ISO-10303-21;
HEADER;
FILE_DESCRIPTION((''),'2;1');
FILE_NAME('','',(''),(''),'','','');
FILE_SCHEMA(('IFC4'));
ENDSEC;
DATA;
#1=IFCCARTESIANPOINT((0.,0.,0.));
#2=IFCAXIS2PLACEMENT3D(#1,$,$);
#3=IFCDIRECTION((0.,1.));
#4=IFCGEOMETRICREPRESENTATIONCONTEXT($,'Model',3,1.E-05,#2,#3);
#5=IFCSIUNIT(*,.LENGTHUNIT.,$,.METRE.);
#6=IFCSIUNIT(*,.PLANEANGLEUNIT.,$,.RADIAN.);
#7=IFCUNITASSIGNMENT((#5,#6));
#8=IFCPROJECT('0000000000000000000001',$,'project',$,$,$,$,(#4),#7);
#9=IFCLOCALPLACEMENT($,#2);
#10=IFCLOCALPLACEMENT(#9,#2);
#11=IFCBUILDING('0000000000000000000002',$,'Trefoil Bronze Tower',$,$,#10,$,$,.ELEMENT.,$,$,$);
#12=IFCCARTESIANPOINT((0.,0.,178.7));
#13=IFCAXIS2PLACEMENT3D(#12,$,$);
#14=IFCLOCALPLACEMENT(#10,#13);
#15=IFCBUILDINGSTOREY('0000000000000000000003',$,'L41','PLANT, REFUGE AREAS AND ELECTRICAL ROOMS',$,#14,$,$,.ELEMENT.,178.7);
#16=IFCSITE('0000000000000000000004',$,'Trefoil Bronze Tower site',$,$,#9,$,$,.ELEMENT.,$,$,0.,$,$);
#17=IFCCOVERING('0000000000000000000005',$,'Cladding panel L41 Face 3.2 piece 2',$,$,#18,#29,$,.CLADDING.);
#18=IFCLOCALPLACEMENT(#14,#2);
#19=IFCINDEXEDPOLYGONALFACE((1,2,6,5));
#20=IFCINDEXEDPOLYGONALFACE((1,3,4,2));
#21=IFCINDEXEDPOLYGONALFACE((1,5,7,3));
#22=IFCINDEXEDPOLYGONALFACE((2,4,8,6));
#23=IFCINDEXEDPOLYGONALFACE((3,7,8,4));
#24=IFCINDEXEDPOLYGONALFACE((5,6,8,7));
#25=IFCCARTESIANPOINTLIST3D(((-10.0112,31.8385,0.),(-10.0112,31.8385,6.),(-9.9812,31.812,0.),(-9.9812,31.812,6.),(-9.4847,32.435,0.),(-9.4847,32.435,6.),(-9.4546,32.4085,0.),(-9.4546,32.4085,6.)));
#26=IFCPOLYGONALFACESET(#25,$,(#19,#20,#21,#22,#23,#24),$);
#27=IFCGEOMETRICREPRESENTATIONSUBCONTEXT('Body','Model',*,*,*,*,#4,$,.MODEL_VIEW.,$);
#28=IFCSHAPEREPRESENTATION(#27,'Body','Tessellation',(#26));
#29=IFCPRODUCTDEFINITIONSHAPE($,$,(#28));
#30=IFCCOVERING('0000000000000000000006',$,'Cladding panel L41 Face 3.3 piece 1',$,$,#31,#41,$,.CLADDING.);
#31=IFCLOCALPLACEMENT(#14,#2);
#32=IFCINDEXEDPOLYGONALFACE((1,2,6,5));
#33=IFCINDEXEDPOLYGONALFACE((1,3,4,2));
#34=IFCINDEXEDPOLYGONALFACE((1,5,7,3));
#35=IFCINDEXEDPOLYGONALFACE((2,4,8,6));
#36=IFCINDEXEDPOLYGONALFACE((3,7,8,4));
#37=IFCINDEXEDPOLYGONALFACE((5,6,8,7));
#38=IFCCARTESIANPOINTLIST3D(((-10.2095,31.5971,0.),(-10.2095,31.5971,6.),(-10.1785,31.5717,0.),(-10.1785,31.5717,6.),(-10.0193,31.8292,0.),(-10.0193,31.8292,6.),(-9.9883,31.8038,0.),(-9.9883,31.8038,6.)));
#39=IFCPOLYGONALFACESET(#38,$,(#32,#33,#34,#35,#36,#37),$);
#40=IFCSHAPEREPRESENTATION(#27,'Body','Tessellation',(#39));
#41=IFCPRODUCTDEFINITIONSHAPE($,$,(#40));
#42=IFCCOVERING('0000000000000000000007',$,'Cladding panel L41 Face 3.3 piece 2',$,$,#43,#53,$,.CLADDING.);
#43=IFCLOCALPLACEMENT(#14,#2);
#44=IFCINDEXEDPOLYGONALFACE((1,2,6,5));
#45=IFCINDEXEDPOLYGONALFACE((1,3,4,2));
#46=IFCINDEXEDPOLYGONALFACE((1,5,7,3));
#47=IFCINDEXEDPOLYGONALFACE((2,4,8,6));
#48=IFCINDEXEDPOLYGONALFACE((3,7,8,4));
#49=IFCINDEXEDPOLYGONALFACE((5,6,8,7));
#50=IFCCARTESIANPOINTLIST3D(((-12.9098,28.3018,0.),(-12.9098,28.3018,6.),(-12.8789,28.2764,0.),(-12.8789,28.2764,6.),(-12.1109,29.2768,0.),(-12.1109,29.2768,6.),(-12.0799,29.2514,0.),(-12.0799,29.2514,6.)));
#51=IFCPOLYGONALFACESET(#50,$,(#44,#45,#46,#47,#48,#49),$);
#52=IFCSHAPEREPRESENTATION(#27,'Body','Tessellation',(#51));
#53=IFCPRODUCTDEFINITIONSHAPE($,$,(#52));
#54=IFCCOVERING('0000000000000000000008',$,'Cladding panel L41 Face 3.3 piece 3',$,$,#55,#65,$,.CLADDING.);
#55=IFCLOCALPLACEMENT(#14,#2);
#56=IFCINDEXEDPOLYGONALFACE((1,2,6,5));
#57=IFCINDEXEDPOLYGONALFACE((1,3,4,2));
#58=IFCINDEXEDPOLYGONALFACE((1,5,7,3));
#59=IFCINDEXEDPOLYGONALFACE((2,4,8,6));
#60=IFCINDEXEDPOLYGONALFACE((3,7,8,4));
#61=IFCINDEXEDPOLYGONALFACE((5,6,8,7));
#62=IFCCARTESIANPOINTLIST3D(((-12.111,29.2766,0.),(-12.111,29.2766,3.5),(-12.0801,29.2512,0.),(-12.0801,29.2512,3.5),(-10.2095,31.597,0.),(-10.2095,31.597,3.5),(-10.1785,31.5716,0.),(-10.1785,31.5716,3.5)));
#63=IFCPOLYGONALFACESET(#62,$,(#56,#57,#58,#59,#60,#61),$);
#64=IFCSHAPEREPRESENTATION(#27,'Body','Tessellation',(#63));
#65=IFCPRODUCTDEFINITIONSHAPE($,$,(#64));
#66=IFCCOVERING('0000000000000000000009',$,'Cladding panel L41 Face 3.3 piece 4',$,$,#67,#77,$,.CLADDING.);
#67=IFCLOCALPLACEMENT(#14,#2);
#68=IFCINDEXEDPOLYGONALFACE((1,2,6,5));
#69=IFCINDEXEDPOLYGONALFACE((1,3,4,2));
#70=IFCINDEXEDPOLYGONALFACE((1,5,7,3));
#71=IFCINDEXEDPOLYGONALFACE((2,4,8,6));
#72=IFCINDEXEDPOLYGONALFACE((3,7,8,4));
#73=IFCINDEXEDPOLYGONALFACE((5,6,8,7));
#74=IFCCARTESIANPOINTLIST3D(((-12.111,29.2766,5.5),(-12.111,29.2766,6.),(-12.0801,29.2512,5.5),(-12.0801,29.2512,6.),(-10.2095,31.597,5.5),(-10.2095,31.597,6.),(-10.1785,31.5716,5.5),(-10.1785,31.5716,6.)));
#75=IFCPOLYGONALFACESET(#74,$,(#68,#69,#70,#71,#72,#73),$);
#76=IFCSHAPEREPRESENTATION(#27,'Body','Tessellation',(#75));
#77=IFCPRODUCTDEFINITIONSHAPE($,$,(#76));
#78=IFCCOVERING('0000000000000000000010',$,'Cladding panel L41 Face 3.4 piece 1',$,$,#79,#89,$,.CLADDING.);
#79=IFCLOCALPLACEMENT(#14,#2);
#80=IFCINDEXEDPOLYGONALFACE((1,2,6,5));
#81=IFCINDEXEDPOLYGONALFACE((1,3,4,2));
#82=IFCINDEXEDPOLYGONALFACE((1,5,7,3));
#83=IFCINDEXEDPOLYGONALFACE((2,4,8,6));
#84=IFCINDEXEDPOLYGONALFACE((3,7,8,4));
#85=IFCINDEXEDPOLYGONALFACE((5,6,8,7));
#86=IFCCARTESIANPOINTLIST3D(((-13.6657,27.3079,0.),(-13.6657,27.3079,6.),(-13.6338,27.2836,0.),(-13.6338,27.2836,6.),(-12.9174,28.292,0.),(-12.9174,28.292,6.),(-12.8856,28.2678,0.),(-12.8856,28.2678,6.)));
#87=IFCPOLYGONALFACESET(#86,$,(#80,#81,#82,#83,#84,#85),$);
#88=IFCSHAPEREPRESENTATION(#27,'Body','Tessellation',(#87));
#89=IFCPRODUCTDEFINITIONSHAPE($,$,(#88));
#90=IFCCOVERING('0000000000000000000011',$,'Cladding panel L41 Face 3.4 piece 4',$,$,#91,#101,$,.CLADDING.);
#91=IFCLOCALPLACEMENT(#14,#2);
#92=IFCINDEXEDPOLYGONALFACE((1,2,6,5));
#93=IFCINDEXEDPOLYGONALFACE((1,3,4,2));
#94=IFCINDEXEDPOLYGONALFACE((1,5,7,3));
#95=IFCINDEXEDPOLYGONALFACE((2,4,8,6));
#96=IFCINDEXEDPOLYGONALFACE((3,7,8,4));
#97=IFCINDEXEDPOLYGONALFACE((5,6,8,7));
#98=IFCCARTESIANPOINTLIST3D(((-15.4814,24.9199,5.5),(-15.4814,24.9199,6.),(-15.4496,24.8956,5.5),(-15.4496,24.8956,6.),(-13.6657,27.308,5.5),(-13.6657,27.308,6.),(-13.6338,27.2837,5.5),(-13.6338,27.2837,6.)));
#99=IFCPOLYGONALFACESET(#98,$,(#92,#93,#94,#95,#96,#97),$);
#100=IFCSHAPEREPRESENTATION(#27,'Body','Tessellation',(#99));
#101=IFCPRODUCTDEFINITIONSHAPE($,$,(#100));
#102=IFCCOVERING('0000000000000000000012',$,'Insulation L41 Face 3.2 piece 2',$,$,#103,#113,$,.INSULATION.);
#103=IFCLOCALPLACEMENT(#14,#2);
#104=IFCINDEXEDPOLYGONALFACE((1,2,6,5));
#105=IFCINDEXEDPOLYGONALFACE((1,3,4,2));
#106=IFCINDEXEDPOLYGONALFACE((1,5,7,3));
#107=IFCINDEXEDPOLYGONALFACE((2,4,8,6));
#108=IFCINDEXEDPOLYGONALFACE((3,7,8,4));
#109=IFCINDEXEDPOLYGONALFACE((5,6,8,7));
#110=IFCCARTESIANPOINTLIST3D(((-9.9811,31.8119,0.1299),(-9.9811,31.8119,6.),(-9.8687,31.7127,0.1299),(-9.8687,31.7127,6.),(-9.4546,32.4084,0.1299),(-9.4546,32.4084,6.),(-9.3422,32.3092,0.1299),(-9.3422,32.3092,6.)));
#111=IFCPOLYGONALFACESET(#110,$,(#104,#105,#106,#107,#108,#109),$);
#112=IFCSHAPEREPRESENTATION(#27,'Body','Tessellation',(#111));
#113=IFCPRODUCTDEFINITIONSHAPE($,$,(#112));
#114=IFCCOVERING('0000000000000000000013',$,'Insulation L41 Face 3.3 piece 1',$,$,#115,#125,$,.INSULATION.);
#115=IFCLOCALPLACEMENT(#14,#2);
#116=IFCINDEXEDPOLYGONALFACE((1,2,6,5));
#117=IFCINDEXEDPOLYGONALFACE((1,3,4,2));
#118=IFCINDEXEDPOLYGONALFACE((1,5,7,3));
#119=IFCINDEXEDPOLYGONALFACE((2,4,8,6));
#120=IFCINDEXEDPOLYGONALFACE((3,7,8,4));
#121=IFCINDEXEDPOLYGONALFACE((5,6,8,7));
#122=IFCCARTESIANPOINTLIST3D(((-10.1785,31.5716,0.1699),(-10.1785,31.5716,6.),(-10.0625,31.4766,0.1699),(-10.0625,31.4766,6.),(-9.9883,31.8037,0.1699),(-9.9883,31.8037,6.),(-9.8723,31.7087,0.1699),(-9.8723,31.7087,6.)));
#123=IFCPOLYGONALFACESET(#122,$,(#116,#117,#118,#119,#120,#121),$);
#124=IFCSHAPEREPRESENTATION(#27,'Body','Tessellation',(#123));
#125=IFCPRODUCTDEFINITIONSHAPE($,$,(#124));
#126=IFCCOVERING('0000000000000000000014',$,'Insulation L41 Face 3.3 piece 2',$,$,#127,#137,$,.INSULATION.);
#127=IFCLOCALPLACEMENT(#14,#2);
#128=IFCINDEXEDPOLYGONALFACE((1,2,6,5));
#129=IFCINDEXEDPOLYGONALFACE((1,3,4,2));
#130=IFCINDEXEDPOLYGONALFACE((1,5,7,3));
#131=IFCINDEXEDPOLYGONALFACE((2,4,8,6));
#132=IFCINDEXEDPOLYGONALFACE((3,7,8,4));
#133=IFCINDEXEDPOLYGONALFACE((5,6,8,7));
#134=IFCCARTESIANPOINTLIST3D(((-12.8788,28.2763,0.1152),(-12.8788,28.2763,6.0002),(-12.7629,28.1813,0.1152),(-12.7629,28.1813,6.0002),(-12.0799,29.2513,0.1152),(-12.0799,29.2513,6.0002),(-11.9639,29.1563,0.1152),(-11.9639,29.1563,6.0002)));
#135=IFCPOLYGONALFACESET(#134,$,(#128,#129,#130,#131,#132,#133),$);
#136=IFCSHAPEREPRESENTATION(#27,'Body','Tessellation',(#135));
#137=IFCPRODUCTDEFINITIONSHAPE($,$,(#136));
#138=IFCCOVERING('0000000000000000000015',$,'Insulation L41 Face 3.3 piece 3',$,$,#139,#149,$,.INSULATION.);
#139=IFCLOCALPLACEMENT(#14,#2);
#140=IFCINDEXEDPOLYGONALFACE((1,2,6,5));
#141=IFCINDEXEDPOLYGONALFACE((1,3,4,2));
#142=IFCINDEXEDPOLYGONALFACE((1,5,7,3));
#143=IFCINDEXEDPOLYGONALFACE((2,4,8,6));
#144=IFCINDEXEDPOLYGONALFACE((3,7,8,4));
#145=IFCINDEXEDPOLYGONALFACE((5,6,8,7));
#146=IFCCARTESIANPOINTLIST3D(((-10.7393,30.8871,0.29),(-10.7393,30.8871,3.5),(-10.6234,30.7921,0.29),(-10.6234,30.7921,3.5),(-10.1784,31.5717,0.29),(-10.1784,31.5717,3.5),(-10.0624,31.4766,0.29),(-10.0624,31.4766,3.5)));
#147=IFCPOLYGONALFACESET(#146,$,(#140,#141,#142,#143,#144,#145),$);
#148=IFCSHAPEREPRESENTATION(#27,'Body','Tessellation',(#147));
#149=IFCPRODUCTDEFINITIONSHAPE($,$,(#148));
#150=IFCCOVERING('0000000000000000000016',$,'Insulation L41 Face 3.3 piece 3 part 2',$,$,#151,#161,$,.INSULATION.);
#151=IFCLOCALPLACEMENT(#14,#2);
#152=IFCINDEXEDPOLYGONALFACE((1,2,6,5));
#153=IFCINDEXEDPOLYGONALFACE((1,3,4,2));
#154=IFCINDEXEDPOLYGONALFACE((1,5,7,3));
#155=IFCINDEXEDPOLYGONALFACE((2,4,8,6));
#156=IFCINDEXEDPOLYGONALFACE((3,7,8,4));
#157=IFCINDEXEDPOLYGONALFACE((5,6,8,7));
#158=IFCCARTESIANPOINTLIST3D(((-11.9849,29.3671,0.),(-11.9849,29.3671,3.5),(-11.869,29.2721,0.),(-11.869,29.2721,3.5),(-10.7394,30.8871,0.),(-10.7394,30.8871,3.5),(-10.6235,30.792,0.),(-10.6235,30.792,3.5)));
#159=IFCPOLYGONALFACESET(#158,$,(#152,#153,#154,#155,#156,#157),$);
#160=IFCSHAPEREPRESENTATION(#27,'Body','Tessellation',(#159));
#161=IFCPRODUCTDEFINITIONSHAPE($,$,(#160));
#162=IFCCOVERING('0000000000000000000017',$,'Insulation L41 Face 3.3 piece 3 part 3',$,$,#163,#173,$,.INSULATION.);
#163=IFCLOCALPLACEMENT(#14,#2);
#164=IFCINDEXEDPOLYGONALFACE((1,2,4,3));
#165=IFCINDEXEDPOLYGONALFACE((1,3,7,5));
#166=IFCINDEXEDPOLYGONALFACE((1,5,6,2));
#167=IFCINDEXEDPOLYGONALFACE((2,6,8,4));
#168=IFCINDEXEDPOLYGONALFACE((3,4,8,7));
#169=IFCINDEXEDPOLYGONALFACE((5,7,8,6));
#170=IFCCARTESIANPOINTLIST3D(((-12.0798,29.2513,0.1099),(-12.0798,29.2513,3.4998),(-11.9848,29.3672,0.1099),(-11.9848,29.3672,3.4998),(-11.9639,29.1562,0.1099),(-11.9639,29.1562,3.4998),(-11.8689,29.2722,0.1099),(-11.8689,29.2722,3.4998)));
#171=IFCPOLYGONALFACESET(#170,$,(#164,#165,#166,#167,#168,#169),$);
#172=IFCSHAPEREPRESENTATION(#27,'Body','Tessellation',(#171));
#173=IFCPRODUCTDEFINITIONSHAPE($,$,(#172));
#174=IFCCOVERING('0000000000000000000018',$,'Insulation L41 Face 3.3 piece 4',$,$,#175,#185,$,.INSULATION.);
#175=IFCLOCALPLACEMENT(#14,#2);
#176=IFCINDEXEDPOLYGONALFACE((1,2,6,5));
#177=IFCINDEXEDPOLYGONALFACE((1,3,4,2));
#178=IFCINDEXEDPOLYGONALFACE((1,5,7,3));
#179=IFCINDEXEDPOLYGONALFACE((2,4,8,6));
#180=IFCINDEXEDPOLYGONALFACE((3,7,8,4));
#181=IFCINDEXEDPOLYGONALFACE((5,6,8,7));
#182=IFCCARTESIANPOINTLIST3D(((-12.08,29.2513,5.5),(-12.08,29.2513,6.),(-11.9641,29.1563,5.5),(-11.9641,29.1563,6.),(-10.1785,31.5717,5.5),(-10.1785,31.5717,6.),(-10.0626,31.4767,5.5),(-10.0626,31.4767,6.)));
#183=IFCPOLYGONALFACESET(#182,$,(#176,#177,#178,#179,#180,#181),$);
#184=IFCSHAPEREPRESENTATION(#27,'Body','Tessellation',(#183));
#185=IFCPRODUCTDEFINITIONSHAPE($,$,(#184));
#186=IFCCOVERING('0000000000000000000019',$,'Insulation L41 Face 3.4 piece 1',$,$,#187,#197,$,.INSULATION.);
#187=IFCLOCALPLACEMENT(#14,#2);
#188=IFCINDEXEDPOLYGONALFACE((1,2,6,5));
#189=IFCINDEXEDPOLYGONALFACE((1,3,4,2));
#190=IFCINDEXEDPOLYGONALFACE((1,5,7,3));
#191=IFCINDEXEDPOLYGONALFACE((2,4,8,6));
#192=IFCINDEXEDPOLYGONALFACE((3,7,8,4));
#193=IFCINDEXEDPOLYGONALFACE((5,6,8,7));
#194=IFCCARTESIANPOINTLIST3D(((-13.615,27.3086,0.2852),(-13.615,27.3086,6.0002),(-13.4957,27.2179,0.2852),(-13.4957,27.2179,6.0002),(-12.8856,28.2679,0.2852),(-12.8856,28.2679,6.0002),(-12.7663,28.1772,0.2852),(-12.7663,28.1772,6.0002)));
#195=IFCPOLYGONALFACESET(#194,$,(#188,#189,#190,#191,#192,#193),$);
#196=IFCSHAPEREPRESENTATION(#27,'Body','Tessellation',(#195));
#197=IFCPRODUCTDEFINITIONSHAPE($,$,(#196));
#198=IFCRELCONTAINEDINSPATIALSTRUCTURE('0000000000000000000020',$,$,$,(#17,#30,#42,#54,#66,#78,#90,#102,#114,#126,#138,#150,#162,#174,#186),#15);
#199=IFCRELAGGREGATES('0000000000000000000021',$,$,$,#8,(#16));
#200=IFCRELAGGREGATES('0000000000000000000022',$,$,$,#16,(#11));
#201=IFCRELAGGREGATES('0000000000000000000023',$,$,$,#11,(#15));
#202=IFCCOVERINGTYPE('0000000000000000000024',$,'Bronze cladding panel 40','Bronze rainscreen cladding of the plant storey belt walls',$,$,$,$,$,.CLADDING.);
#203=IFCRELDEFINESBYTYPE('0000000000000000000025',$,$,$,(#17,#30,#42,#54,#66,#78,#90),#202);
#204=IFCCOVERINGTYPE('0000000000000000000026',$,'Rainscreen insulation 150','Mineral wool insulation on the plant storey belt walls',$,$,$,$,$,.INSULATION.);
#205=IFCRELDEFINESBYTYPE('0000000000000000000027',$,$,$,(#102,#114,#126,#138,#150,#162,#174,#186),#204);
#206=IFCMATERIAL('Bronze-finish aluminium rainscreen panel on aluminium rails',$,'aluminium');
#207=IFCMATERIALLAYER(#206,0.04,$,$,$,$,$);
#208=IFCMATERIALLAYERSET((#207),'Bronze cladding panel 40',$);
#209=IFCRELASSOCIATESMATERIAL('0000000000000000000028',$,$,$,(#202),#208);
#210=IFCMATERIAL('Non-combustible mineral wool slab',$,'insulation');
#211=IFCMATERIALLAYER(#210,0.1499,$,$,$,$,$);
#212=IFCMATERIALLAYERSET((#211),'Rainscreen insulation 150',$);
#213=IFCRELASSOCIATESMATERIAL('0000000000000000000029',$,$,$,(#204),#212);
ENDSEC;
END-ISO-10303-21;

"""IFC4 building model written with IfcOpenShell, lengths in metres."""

from ifc_helpers import new_model, si_unit, direction, frame, origin, origin_2d, place, context, subcontext, project, spatial, rectangle, extrude, material, layer, layer_set, type_object, element, save


model = new_model("IFC4")

# Units and contexts
model_context = context("Model", 3, precision=1e-05, world=origin(), true_north=direction((0.0, 1.0)))
body_context = subcontext(model_context, "Body", "Model", "MODEL_VIEW")
ifc_project = project(units=[si_unit("LENGTHUNIT", "METRE"), si_unit("PLANEANGLEUNIT", "RADIAN")], contexts=[model_context])

# Site, building, storey
site_placement = place(None, origin())
site = spatial("IfcSite", under=ifc_project, at=site_placement, Name="Trefoil Bronze Tower site", CompositionType="ELEMENT", RefElevation=0.0)
building_placement = place(site_placement, origin())
building = spatial("IfcBuilding", under=site, at=building_placement, Name="Trefoil Bronze Tower", CompositionType="ELEMENT")
storey_placement = place(building_placement, frame((0.0, 0.0, 178.7)))
storey = spatial("IfcBuildingStorey", under=building, at=storey_placement, Name="L41", Description="PLANT, REFUGE AREAS AND ELECTRICAL ROOMS", CompositionType="ELEMENT", Elevation=178.7)

# Coverings
ifc_material_1 = material(Name="Bronze-finish aluminium rainscreen panel on aluminium rails", Category="aluminium")
ifc_layer_1 = layer(ifc_material_1, 0.04)
ifc_layer_set_1 = layer_set([ifc_layer_1], Name="Bronze cladding panel 40")
covering_type_1 = type_object("IfcCoveringType", Name="Bronze cladding panel 40", Description="Bronze rainscreen cladding of the plant storey belt walls", PredefinedType="CLADDING", material=ifc_layer_set_1)
covering_1_placement = place(storey_placement, frame((-9.7329, 32.1235, 0.0), z_axis=(0.0, 0.0, 1.0), x_axis=(-0.661751, -0.749723, 0.0)))
element("IfcCovering", 1, at=covering_1_placement, inside=storey, type_object=covering_type_1, Name="Cladding panel L41 Face 3.2 piece 2", PredefinedType="CLADDING", context=body_context, shape_type="SweptSolid", body=[
    extrude(rectangle(XDim=0.7957, YDim=0.04, at=origin_2d()), origin(), (0.0, 0.0, 1.0), 6.0),
])
covering_2_placement = place(storey_placement, frame((-10.0989, 31.7004, 0.0), z_axis=(0.0, 0.0, 1.0), x_axis=(-0.63384, -0.773464, 0.0)))
element("IfcCovering", 2, at=covering_2_placement, inside=storey, type_object=covering_type_1, Name="Cladding panel L41 Face 3.3 piece 1", PredefinedType="CLADDING", context=body_context, shape_type="SweptSolid", body=[
    extrude(rectangle(XDim=0.3, YDim=0.04, at=origin_2d()), origin(), (0.0, 0.0, 1.0), 6.0),
])
covering_3_placement = place(storey_placement, frame((-12.4949, 28.7766, 0.0), z_axis=(0.0, 0.0, 1.0), x_axis=(-0.63384, -0.773464, 0.0)))
element("IfcCovering", 3, at=covering_3_placement, inside=storey, type_object=covering_type_1, Name="Cladding panel L41 Face 3.3 piece 2", PredefinedType="CLADDING", context=body_context, shape_type="SweptSolid", body=[
    extrude(rectangle(XDim=1.2605, YDim=0.04, at=origin_2d()), origin(), (0.0, 0.0, 1.0), 6.0),
])
covering_4_placement = place(storey_placement, frame((-11.1448, 30.4241, 0.0), z_axis=(0.0, 0.0, 1.0), x_axis=(-0.63384, -0.773464, 0.0)))
element("IfcCovering", 4, at=covering_4_placement, inside=storey, type_object=covering_type_1, Name="Cladding panel L41 Face 3.3 piece 3", PredefinedType="CLADDING", context=body_context, shape_type="SweptSolid", body=[
    extrude(rectangle(XDim=3.0, YDim=0.04, at=origin_2d()), origin(), (0.0, 0.0, 1.0), 3.5),
])
covering_5_placement = place(storey_placement, frame((-11.1448, 30.4241, 5.5), z_axis=(0.0, 0.0, 1.0), x_axis=(-0.63384, -0.773464, 0.0)))
element("IfcCovering", 5, at=covering_5_placement, inside=storey, type_object=covering_type_1, Name="Cladding panel L41 Face 3.3 piece 4", PredefinedType="CLADDING", context=body_context, shape_type="SweptSolid", body=[
    extrude(rectangle(XDim=3.0, YDim=0.04, at=origin_2d()), origin(), (0.0, 0.0, 1.0), 0.5),
])
covering_6_placement = place(storey_placement, frame((-13.2756, 27.7878, 0.0), z_axis=(0.0, 0.0, 1.0), x_axis=(-0.605252, -0.796034, 0.0)))
element("IfcCovering", 6, at=covering_6_placement, inside=storey, type_object=covering_type_1, Name="Cladding panel L41 Face 3.4 piece 1", PredefinedType="CLADDING", context=body_context, shape_type="SweptSolid", body=[
    extrude(rectangle(XDim=1.2363, YDim=0.04, at=origin_2d()), origin(), (0.0, 0.0, 1.0), 6.0),
])
covering_7_placement = place(storey_placement, frame((-14.5576, 26.1018, 5.5), z_axis=(0.0, 0.0, 1.0), x_axis=(-0.605252, -0.796034, 0.0)))
element("IfcCovering", 7, at=covering_7_placement, inside=storey, type_object=covering_type_1, Name="Cladding panel L41 Face 3.4 piece 4", PredefinedType="CLADDING", context=body_context, shape_type="SweptSolid", body=[
    extrude(rectangle(XDim=3.0, YDim=0.04, at=origin_2d()), origin(), (0.0, 0.0, 1.0), 0.5),
])
ifc_material_2 = material(Name="Non-combustible mineral wool slab", Category="insulation")
ifc_layer_2 = layer(ifc_material_2, 0.1499)
ifc_layer_set_2 = layer_set([ifc_layer_2], Name="Rainscreen insulation 150")
covering_type_2 = type_object("IfcCoveringType", Name="Rainscreen insulation 150", Description="Mineral wool insulation on the plant storey belt walls", PredefinedType="INSULATION", material=ifc_layer_set_2)
covering_8_placement = place(storey_placement, frame((-9.6616, 32.0605, 0.1299), z_axis=(0.0, 0.0, 1.0), x_axis=(-0.661751, -0.749723, 0.0)))
element("IfcCovering", 8, at=covering_8_placement, inside=storey, type_object=covering_type_2, Name="Insulation L41 Face 3.2 piece 2", PredefinedType="INSULATION", context=body_context, shape_type="SweptSolid", body=[
    extrude(rectangle(XDim=0.7957, YDim=0.1499, at=origin_2d()), origin(), (0.0, 0.0, 1.0), 5.8701),
])
covering_9_placement = place(storey_placement, frame((-10.0254, 31.6401, 0.1699), z_axis=(0.0, 0.0, 1.0), x_axis=(-0.63384, -0.773464, 0.0)))
element("IfcCovering", 9, at=covering_9_placement, inside=storey, type_object=covering_type_2, Name="Insulation L41 Face 3.3 piece 1", PredefinedType="INSULATION", context=body_context, shape_type="SweptSolid", body=[
    extrude(rectangle(XDim=0.3, YDim=0.1499, at=origin_2d()), origin(), (0.0, 0.0, 1.0), 5.8301),
])
covering_10_placement = place(storey_placement, frame((-12.4214, 28.7163, 0.1152), z_axis=(0.0, 0.0, 1.0), x_axis=(-0.63384, -0.773464, 0.0)))
element("IfcCovering", 10, at=covering_10_placement, inside=storey, type_object=covering_type_2, Name="Insulation L41 Face 3.3 piece 2", PredefinedType="INSULATION", context=body_context, shape_type="SweptSolid", body=[
    extrude(rectangle(XDim=1.2605, YDim=0.1499, at=origin_2d()), origin(), (0.0, 0.0, 1.0), 5.885),
])
covering_11_placement = place(storey_placement, frame((-10.4009, 31.1819, 0.29), z_axis=(0.0, 0.0, 1.0), x_axis=(-0.63384, -0.773464, 0.0)))
element("IfcCovering", 11, at=covering_11_placement, inside=storey, type_object=covering_type_2, Name="Insulation L41 Face 3.3 piece 3", PredefinedType="INSULATION", context=body_context, shape_type="SweptSolid", body=[
    extrude(rectangle(XDim=0.885, YDim=0.1499, at=origin_2d()), origin(), (0.0, 0.0, 1.0), 3.21),
])
covering_12_placement = place(storey_placement, frame((-11.3042, 30.0796, 0.0), z_axis=(0.0, 0.0, 1.0), x_axis=(-0.63384, -0.773464, 0.0)))
element("IfcCovering", 12, at=covering_12_placement, inside=storey, type_object=covering_type_2, Name="Insulation L41 Face 3.3 piece 3 part 2", PredefinedType="INSULATION", context=body_context, shape_type="SweptSolid", body=[
    extrude(rectangle(XDim=1.9651, YDim=0.1499, at=origin_2d()), origin(), (0.0, 0.0, 1.0), 3.5),
])
covering_13_placement = place(storey_placement, frame((-11.9744, 29.2617, 0.1099), z_axis=(0.0, 0.0, 1.0), x_axis=(-0.63384, -0.773464, 0.0)))
element("IfcCovering", 13, at=covering_13_placement, inside=storey, type_object=covering_type_2, Name="Insulation L41 Face 3.3 piece 3 part 3", PredefinedType="INSULATION", context=body_context, shape_type="SweptSolid", body=[
    extrude(rectangle(XDim=0.1499, YDim=0.1499, at=origin_2d()), origin(), (0.0, 0.0, 1.0), 3.3899),
])
covering_14_placement = place(storey_placement, frame((-11.0713, 30.364, 5.5), z_axis=(0.0, 0.0, 1.0), x_axis=(-0.63384, -0.773464, 0.0)))
element("IfcCovering", 14, at=covering_14_placement, inside=storey, type_object=covering_type_2, Name="Insulation L41 Face 3.3 piece 4", PredefinedType="INSULATION", context=body_context, shape_type="SweptSolid", body=[
    extrude(rectangle(XDim=3.0, YDim=0.1499, at=origin_2d()), origin(), (0.0, 0.0, 1.0), 0.5),
])
covering_15_placement = place(storey_placement, frame((-13.1907, 27.7429, 0.2852), z_axis=(0.0, 0.0, 1.0), x_axis=(-0.605252, -0.796034, 0.0)))
element("IfcCovering", 15, at=covering_15_placement, inside=storey, type_object=covering_type_2, Name="Insulation L41 Face 3.4 piece 1", PredefinedType="INSULATION", context=body_context, shape_type="SweptSolid", body=[
    extrude(rectangle(XDim=1.2051, YDim=0.1499, at=origin_2d()), origin(), (0.0, 0.0, 1.0), 5.7151),
])

save(model, "model.ifc")
